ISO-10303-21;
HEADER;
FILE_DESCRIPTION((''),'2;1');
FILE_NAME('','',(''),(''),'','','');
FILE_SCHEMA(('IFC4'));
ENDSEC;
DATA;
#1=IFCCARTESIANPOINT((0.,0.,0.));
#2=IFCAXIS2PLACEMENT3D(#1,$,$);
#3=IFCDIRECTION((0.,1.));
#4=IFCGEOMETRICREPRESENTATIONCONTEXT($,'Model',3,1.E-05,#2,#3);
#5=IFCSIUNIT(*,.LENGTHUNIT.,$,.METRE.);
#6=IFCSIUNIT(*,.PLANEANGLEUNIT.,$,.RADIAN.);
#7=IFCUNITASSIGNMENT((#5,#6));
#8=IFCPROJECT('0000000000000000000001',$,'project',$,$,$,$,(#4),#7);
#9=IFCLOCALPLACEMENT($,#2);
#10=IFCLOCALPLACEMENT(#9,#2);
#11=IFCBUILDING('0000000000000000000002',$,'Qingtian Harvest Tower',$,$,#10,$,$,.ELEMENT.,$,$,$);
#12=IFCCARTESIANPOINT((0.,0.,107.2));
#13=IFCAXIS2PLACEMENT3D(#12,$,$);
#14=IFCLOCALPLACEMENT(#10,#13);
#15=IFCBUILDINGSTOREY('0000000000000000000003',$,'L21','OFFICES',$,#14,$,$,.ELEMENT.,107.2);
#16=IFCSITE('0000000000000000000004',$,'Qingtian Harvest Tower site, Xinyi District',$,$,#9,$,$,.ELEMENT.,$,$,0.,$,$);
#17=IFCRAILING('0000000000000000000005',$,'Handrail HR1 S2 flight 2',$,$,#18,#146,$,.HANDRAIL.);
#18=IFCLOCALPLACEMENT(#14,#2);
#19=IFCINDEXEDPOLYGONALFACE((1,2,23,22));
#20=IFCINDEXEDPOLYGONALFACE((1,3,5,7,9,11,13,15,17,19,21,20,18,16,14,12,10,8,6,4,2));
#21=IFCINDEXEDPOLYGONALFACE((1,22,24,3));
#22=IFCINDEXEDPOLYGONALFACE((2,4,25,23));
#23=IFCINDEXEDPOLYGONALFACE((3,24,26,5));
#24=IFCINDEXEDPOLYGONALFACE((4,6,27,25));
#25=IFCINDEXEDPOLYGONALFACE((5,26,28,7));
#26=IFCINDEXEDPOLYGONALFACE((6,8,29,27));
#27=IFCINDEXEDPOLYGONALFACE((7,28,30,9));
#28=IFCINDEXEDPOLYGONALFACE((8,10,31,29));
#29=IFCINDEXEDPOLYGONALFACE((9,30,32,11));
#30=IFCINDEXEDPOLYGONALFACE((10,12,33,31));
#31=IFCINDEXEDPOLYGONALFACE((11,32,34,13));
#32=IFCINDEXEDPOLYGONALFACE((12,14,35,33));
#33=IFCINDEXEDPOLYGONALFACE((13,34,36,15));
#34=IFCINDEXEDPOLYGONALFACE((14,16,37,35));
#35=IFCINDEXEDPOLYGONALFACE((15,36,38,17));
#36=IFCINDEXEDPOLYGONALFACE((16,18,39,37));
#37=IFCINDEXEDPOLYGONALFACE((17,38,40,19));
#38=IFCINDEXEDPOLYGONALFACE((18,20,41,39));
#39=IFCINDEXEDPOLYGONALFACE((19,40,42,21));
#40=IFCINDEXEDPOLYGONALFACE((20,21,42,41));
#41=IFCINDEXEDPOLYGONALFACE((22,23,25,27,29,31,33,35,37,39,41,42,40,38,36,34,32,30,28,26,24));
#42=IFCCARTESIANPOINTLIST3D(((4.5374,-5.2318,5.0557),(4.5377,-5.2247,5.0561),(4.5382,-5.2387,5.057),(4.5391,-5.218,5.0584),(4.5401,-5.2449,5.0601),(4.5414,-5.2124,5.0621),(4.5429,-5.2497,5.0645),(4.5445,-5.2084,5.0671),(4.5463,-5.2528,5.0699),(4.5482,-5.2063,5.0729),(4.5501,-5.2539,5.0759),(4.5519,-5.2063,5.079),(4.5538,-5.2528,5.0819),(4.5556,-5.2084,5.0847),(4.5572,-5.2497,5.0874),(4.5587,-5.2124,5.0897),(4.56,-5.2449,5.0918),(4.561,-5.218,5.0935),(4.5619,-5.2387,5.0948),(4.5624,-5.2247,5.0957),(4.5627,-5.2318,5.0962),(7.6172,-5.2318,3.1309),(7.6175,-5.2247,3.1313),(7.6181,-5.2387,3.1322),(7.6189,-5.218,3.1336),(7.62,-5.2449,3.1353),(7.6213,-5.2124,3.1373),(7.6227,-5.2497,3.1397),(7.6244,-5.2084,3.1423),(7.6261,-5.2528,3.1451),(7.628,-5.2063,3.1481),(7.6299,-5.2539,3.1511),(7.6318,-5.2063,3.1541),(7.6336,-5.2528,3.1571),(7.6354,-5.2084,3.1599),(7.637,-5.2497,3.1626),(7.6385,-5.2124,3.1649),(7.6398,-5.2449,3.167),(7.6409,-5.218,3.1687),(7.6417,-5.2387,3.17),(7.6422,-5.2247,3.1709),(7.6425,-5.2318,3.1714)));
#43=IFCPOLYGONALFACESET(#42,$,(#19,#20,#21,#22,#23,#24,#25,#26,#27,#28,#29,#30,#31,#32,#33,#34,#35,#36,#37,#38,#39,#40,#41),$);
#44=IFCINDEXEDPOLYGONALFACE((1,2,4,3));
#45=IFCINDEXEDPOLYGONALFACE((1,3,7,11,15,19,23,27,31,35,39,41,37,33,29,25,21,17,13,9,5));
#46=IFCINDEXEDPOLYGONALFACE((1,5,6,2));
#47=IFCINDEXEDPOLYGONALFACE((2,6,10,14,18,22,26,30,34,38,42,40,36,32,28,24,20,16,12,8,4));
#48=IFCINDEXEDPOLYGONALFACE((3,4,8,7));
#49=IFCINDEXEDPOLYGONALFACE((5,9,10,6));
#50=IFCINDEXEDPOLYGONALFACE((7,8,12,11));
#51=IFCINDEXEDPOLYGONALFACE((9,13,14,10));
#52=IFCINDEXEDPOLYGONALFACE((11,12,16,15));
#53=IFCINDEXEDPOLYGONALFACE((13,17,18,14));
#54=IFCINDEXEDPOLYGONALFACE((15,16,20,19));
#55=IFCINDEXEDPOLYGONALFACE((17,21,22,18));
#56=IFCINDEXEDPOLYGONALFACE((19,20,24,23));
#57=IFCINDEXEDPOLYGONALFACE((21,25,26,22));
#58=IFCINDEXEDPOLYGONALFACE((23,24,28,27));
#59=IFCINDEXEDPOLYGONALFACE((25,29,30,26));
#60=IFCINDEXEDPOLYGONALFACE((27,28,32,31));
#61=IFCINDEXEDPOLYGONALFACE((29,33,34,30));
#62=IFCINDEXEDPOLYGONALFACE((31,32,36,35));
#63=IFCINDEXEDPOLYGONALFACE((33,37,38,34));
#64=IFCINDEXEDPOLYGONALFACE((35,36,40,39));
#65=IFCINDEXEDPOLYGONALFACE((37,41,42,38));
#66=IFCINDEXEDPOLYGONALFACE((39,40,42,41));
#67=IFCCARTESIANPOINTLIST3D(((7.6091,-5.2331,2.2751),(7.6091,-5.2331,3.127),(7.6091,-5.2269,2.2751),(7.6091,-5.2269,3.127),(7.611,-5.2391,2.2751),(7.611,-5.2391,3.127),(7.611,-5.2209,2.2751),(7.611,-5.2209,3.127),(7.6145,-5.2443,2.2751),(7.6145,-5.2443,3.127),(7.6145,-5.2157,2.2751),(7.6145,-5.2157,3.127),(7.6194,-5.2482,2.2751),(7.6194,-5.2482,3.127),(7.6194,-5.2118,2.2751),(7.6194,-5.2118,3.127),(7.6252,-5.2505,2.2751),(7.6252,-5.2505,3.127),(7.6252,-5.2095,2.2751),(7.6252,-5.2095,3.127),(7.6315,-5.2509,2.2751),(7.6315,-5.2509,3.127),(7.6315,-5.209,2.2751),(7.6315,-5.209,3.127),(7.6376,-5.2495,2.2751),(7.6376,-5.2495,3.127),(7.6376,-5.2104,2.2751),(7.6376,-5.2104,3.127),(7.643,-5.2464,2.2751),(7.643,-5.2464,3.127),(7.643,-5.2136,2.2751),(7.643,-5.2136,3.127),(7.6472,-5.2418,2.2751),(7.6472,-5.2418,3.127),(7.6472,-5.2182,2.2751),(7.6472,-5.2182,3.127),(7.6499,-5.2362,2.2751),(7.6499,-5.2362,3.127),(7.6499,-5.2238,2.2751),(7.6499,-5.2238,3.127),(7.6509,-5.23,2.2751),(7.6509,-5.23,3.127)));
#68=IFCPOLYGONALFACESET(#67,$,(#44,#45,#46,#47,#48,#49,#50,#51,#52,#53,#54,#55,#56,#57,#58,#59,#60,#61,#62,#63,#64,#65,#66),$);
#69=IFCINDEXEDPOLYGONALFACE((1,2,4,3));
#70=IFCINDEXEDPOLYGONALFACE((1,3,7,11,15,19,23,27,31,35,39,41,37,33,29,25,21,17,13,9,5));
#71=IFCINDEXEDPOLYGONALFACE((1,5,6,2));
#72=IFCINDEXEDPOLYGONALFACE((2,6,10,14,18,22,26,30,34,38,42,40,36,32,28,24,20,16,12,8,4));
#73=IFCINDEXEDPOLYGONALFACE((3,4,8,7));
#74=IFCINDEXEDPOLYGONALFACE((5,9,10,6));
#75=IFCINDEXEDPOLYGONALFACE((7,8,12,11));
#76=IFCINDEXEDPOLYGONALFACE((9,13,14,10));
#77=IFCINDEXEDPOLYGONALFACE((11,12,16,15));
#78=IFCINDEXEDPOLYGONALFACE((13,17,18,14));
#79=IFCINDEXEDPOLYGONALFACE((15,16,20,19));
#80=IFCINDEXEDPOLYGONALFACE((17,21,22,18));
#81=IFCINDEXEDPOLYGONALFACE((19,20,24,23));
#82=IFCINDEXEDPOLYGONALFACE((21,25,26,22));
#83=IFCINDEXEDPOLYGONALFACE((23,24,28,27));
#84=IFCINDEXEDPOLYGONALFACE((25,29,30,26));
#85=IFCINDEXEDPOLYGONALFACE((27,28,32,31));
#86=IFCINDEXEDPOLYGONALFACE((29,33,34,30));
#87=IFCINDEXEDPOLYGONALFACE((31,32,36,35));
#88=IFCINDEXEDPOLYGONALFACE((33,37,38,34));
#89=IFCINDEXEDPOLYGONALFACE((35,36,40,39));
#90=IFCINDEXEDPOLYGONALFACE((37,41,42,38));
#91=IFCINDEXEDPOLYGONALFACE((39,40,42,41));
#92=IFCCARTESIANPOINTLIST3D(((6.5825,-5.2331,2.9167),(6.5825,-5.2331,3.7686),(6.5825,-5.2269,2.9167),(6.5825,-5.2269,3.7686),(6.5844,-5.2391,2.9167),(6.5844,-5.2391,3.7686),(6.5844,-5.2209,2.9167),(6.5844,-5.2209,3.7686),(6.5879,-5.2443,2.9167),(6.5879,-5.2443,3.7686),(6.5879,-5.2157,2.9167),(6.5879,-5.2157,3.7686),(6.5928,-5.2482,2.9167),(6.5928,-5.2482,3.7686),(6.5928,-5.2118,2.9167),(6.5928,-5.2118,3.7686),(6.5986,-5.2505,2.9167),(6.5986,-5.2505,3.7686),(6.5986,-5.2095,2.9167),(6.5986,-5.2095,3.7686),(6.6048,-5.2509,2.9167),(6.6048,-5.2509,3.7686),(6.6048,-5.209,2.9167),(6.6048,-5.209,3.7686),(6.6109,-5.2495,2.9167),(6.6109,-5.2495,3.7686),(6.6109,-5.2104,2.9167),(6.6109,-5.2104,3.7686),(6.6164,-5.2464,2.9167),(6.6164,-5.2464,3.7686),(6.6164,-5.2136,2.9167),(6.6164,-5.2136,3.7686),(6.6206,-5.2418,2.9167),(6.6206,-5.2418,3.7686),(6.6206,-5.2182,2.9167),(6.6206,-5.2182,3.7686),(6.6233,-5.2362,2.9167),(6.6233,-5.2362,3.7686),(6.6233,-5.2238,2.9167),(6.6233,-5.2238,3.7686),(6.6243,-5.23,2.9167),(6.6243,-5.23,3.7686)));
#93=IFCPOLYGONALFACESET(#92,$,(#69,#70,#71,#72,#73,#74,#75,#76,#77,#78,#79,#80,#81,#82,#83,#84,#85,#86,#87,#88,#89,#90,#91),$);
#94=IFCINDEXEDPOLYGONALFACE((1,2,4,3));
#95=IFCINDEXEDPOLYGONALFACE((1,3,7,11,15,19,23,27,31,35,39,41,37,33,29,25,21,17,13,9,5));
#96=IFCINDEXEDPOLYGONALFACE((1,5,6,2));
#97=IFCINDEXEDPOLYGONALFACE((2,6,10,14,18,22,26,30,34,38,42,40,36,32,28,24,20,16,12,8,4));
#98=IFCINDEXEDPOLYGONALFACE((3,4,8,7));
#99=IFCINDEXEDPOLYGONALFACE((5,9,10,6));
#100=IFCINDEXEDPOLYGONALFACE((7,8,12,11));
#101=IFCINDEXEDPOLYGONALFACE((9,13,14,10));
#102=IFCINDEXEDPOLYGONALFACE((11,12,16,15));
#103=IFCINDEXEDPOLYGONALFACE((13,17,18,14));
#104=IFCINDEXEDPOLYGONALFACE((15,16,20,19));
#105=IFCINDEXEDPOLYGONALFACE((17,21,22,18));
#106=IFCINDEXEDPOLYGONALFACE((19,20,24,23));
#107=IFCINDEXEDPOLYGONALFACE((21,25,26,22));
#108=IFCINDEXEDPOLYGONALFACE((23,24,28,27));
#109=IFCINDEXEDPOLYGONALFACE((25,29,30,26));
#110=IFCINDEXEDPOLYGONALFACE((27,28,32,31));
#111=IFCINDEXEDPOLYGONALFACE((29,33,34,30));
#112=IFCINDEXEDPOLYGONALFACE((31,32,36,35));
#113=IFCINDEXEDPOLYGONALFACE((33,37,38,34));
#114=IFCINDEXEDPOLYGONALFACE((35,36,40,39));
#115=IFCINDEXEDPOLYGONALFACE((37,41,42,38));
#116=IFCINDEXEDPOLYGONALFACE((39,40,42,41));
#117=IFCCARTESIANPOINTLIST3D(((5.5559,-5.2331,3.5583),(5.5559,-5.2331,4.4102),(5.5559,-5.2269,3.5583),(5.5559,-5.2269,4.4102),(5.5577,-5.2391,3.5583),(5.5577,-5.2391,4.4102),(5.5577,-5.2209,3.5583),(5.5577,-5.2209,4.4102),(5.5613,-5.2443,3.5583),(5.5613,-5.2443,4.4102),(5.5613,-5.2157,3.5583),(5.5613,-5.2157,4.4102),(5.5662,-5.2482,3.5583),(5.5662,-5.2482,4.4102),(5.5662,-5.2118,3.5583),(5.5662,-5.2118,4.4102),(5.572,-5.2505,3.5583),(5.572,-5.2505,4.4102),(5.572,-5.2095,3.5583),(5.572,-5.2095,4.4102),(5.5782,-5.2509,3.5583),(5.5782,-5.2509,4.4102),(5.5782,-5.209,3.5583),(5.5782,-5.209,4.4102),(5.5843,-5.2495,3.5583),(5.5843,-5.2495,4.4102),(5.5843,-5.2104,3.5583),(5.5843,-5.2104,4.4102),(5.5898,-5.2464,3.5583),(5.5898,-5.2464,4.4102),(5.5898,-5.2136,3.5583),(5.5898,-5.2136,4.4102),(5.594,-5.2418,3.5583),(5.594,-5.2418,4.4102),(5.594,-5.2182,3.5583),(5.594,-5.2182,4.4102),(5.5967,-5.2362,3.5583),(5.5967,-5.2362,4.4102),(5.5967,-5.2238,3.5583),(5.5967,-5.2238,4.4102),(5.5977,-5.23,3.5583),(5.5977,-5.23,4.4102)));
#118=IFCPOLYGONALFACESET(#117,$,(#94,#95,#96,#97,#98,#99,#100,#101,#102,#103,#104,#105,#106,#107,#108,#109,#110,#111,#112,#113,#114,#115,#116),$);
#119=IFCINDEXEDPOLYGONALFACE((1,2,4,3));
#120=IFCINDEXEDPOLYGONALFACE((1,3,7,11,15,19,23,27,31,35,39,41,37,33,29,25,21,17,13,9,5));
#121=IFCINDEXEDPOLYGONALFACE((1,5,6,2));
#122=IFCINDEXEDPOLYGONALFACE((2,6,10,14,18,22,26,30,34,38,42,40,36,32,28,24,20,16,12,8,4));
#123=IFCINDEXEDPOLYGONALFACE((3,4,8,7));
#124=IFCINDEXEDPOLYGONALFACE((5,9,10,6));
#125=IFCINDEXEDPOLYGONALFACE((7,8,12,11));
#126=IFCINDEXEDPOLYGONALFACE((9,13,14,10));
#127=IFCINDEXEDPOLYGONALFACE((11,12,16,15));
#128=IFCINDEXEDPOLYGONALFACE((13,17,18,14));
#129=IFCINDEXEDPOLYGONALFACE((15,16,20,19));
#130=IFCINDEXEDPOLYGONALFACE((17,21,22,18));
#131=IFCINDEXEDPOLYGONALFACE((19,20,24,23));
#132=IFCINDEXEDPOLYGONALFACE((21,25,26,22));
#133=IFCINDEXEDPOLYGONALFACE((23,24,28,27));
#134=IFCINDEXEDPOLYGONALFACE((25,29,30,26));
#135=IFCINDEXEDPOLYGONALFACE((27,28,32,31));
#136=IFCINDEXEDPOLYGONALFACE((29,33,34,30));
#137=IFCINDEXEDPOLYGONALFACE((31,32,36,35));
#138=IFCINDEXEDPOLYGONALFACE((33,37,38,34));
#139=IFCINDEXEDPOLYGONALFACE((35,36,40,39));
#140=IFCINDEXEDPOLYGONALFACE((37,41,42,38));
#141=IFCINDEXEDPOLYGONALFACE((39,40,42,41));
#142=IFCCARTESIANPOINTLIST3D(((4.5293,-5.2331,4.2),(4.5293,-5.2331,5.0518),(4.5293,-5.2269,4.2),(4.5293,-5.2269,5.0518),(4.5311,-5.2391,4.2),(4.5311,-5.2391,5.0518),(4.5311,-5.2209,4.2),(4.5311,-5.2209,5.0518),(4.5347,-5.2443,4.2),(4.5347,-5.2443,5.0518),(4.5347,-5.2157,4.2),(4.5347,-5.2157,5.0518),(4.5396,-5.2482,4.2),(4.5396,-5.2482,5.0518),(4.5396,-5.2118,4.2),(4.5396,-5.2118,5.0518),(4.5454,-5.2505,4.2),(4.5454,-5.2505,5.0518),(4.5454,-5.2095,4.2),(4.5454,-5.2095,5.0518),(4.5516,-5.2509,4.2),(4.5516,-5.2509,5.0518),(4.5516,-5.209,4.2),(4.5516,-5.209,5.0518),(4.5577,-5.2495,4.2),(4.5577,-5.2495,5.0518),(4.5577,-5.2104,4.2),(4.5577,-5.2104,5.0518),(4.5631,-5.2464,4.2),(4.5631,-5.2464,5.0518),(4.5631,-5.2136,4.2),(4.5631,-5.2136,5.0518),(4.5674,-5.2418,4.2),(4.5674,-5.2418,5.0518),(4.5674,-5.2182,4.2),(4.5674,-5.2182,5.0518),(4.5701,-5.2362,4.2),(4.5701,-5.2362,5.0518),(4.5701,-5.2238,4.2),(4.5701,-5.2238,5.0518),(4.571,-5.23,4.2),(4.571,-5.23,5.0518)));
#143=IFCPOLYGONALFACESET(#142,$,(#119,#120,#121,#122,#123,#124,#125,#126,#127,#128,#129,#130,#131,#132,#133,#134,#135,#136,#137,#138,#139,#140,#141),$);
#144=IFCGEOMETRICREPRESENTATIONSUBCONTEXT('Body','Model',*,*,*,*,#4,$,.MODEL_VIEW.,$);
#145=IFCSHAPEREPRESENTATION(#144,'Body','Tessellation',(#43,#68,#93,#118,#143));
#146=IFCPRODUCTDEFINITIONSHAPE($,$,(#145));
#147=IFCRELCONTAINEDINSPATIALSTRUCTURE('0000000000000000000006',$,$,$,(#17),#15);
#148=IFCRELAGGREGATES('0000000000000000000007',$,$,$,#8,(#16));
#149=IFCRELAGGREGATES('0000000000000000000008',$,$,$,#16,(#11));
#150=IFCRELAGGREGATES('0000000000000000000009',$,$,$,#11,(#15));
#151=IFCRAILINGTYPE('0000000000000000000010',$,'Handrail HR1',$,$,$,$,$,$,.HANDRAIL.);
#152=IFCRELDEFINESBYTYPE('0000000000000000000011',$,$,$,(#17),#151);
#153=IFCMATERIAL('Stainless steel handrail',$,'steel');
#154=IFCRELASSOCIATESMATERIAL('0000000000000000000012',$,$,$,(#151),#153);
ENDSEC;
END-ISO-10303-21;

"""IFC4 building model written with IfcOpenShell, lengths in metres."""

from ifc_helpers import new_model, si_unit, direction, frame, origin, origin_2d, place, context, subcontext, project, spatial, circle, extrude, material, type_object, element, save


model = new_model("IFC4")

# Units and contexts
model_context = context("Model", 3, precision=1e-05, world=origin(), true_north=direction((0.0, 1.0)))
body_context = subcontext(model_context, "Body", "Model", "MODEL_VIEW")
ifc_project = project(units=[si_unit("LENGTHUNIT", "METRE"), si_unit("PLANEANGLEUNIT", "RADIAN")], contexts=[model_context])

# Site, building, storey
site_placement = place(None, origin())
site = spatial("IfcSite", under=ifc_project, at=site_placement, Name="Qingtian Harvest Tower site, Xinyi District", CompositionType="ELEMENT", RefElevation=0.0)
building_placement = place(site_placement, origin())
building = spatial("IfcBuilding", under=site, at=building_placement, Name="Qingtian Harvest Tower", CompositionType="ELEMENT")
storey_placement = place(building_placement, frame((0.0, 0.0, 107.2)))
storey = spatial("IfcBuildingStorey", under=building, at=storey_placement, Name="L21", Description="OFFICES", CompositionType="ELEMENT", Elevation=107.2)

# Railing
ifc_material_1 = material(Name="Stainless steel handrail", Category="steel")
railing_type = type_object("IfcRailingType", Name="Handrail HR1", PredefinedType="HANDRAIL", material=ifc_material_1)
railing_1_placement = place(storey_placement, frame((7.6299, -5.23, 2.2751)))
element("IfcRailing", 1, at=railing_1_placement, inside=storey, type_object=railing_type, Name="Handrail HR1 S2 flight 2", PredefinedType="HANDRAIL", context=body_context, shape_type="SweptSolid", body=[
    extrude(circle(Radius=0.0239, at=origin_2d()), frame((0.0, 0.0, 0.876), z_axis=(-0.84801, 0.0, 0.529981), x_axis=(0.0, -1.0, 0.0)), (0.0, 0.0, 1.0), 3.6318),
    extrude(circle(Radius=0.021, at=origin_2d()), origin(), (0.0, 0.0, 1.0), 0.8518),
    extrude(circle(Radius=0.021, at=origin_2d()), frame((-1.0266, 0.0, 0.6416)), (0.0, 0.0, 1.0), 0.8518),
    extrude(circle(Radius=0.021, at=origin_2d()), frame((-2.0532, 0.0, 1.2832)), (0.0, 0.0, 1.0), 0.8518),
    extrude(circle(Radius=0.021, at=origin_2d()), frame((-3.0798, 0.0, 1.9248)), (0.0, 0.0, 1.0), 0.8518),
])

save(model, "model.ifc")
